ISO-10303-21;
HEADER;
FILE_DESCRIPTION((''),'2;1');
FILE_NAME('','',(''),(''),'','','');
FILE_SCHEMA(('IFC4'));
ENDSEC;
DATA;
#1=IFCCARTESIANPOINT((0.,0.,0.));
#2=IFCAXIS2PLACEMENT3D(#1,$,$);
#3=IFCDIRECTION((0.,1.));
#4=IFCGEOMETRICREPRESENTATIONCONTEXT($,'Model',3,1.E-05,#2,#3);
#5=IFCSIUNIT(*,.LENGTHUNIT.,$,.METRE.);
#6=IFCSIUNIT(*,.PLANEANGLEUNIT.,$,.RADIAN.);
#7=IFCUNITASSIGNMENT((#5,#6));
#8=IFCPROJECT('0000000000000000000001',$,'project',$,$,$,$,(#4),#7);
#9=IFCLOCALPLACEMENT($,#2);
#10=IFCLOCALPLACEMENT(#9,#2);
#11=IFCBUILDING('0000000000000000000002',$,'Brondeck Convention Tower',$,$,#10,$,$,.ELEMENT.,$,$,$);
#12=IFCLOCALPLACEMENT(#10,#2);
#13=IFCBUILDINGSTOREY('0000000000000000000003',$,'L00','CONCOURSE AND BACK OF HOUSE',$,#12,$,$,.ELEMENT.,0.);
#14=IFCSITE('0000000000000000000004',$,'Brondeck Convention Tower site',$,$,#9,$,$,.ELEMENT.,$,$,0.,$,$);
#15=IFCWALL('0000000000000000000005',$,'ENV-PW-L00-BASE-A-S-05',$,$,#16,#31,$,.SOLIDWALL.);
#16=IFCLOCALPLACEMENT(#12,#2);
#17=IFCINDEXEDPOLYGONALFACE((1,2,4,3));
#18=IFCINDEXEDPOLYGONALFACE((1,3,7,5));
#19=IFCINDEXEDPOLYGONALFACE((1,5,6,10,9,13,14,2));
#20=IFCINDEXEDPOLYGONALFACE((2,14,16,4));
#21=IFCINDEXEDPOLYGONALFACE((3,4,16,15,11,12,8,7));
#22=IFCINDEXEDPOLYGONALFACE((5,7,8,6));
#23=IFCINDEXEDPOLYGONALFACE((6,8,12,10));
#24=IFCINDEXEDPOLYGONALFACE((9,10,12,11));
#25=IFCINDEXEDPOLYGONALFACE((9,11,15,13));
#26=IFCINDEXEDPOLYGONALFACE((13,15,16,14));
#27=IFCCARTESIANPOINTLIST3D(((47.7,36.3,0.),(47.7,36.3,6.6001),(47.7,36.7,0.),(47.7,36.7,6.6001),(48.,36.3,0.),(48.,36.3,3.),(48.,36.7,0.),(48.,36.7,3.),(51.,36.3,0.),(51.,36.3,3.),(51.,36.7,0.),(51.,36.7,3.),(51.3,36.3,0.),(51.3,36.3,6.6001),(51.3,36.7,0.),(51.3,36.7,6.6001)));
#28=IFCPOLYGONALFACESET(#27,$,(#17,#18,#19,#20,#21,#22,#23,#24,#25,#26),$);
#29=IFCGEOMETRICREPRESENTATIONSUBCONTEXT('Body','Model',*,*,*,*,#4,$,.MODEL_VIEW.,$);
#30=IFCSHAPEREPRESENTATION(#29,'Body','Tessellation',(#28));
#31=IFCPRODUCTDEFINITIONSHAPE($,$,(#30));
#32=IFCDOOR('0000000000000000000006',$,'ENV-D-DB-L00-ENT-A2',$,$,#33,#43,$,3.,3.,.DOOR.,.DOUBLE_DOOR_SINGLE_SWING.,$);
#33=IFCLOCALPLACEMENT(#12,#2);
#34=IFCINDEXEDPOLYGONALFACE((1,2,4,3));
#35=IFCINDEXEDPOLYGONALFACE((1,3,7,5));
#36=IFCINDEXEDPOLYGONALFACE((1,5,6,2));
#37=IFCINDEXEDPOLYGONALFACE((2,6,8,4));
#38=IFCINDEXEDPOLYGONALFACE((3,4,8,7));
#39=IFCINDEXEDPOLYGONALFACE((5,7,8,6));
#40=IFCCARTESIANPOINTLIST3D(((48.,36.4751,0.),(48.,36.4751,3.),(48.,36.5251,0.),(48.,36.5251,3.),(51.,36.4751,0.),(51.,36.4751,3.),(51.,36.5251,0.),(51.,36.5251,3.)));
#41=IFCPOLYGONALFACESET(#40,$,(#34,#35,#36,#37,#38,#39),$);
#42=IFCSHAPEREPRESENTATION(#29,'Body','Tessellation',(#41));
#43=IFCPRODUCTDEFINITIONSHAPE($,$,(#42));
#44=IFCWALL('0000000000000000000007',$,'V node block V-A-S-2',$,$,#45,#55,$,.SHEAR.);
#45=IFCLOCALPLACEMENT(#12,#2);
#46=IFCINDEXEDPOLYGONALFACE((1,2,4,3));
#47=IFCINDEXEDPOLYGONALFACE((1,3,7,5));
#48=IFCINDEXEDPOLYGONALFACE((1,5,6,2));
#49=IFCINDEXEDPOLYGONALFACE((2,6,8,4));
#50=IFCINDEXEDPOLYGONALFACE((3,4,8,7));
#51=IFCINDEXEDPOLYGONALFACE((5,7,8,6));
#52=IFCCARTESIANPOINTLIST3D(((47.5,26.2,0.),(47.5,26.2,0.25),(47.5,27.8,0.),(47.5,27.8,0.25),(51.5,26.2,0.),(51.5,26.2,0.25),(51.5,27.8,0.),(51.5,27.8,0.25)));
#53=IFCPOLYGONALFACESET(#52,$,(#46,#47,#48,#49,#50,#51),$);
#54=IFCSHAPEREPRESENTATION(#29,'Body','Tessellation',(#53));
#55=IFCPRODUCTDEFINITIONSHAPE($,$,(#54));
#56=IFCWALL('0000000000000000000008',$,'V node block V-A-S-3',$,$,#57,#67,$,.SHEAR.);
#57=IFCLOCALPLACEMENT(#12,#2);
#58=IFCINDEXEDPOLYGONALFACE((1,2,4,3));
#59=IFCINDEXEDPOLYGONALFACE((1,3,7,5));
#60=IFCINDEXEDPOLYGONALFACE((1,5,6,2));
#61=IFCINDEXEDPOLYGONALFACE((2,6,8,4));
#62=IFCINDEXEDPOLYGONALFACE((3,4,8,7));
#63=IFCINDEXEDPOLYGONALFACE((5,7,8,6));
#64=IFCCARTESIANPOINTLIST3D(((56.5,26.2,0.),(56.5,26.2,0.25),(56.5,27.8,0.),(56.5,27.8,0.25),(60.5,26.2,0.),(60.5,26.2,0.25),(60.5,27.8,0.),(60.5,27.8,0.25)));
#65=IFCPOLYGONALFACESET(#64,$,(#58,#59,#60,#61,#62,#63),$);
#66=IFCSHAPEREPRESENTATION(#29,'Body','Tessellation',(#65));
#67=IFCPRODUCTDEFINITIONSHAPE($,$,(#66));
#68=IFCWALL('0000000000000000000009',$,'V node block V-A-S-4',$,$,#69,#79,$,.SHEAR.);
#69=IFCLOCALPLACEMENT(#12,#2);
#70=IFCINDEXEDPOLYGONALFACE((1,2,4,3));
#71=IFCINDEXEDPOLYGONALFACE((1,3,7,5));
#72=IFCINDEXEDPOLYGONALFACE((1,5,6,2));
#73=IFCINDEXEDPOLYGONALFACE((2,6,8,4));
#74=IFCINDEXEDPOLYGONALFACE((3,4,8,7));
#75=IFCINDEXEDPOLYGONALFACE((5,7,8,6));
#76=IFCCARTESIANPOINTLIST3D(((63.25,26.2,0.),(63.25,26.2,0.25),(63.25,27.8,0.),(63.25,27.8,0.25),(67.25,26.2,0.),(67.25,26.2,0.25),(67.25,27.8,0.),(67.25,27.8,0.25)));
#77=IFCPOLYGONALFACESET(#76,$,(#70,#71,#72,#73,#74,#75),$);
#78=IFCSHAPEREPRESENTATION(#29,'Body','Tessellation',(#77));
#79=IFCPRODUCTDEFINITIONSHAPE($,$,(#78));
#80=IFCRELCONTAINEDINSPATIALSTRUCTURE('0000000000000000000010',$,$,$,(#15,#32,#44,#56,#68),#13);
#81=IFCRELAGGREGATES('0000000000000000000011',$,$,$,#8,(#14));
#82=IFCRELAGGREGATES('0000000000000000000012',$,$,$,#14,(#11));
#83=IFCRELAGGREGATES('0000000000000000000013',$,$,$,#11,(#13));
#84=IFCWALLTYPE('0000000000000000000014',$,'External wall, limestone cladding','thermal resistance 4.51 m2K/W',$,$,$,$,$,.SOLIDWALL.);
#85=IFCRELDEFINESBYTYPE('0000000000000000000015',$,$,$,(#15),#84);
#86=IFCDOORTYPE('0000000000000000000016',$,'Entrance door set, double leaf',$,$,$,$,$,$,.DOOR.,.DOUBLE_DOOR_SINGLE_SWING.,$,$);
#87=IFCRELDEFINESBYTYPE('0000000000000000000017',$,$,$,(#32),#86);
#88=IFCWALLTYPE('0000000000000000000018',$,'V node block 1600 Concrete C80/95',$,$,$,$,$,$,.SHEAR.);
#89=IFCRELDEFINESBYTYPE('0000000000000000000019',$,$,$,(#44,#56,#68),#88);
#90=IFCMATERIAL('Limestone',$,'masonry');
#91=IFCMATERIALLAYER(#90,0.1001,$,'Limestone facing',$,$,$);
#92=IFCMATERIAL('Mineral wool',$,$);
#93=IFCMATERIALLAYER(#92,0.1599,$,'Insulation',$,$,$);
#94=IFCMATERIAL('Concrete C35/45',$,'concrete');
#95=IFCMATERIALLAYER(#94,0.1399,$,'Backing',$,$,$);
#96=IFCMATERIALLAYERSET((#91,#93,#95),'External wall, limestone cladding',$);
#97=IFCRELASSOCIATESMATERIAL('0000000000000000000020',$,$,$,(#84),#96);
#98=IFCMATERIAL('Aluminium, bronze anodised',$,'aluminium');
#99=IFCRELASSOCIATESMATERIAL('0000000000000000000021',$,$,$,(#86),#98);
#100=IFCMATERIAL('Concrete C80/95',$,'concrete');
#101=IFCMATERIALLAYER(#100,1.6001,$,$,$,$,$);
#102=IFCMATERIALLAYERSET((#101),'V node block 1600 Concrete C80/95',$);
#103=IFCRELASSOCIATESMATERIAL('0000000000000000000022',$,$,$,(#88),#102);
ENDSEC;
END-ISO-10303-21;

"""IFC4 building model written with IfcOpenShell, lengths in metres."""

from ifc_helpers import new_model, si_unit, direction, frame, frame_2d, origin, place, context, subcontext, project, spatial, rectangle, extrude, material, layer, layer_set, type_object, element, fill, save


model = new_model("IFC4")

# Units and contexts
model_context = context("Model", 3, precision=1e-05, world=origin(), true_north=direction((0.0, 1.0)))
body_context = subcontext(model_context, "Body", "Model", "MODEL_VIEW")
ifc_project = project(units=[si_unit("LENGTHUNIT", "METRE"), si_unit("PLANEANGLEUNIT", "RADIAN")], contexts=[model_context])

# Site, building, storey
site_placement = place(None, origin())
site = spatial("IfcSite", under=ifc_project, at=site_placement, Name="Brondeck Convention Tower site", CompositionType="ELEMENT", RefElevation=0.0)
building_placement = place(site_placement, origin())
building = spatial("IfcBuilding", under=site, at=building_placement, Name="Brondeck Convention Tower", CompositionType="ELEMENT")
storey_placement = place(building_placement, origin())
storey = spatial("IfcBuildingStorey", under=building, at=storey_placement, Name="L00", Description="CONCOURSE AND BACK OF HOUSE", CompositionType="ELEMENT", Elevation=0.0)

# Shared definitions
ifc_material_1 = material(Name="Concrete C80/95", Category="concrete")

# Shared definitions
ifc_material_2 = material(Name="Aluminium, bronze anodised", Category="aluminium")

# Wall, opening, door
ifc_material_3 = material(Name="Limestone", Category="masonry")
ifc_layer_1 = layer(ifc_material_3, 0.1001, Name="Limestone facing")
ifc_material_4 = material(Name="Mineral wool")
ifc_layer_2 = layer(ifc_material_4, 0.1599, Name="Insulation")
ifc_material_5 = material(Name="Concrete C35/45", Category="concrete")
ifc_layer_3 = layer(ifc_material_5, 0.1399, Name="Backing")
ifc_layer_set_1 = layer_set([ifc_layer_1, ifc_layer_2, ifc_layer_3], Name="External wall, limestone cladding")
wall_type_1 = type_object("IfcWallType", Name="External wall, limestone cladding", Description="thermal resistance 4.51 m2K/W", PredefinedType="SOLIDWALL", material=ifc_layer_set_1)
wall_placement = place(storey_placement, frame((51.3, 36.5, 0.0), z_axis=(0.0, 0.0, 1.0), x_axis=(-1.0, 0.0, 0.0)))
wall = element("IfcWall", 1, at=wall_placement, inside=storey, type_object=wall_type_1, Name="ENV-PW-L00-BASE-A-S-05", PredefinedType="SOLIDWALL", context=body_context, shape_type="SweptSolid", body=[
    extrude(rectangle(XDim=3.6001, YDim=0.3999, at=frame_2d((1.8, 0.0))), origin(), (0.0, 0.0, 1.0), 6.6001),
])
opening_placement = place(wall_placement, frame((0.3, 0.0, 0.0)))
opening = element("IfcOpeningElement", 2, at=opening_placement, cuts=wall, PredefinedType="OPENING", context=body_context, shape_type="SweptSolid", body=[
    extrude(rectangle(XDim=3.0, YDim=3.0, at=frame_2d((1.5, 1.5))), frame((0.0, 0.21, 0.0), z_axis=(0.0, -1.0, 0.0), x_axis=(1.0, 0.0, 0.0)), (0.0, 0.0, 1.0), 0.4199),
])
door_type = type_object("IfcDoorType", Name="Entrance door set, double leaf", OperationType="DOUBLE_DOOR_SINGLE_SWING", PredefinedType="DOOR", material=ifc_material_2)
door_placement = place(opening_placement, origin())
door = element("IfcDoor", 3, at=door_placement, inside=storey, type_object=door_type, Name="ENV-D-DB-L00-ENT-A2", OperationType="DOUBLE_DOOR_SINGLE_SWING", OverallHeight=3.0, OverallWidth=3.0, PredefinedType="DOOR", context=body_context, shape_type="SweptSolid", body=[
    extrude(rectangle(XDim=3.0, YDim=3.0, at=frame_2d((1.5, 1.5))), frame((0.0, 0.0249, 0.0), z_axis=(0.0, -1.0, 0.0), x_axis=(1.0, 0.0, 0.0)), (0.0, 0.0, 1.0), 0.05),
])
fill(opening, door)

# Walls
ifc_layer_4 = layer(ifc_material_1, 1.6001)
ifc_layer_set_2 = layer_set([ifc_layer_4], Name="V node block 1600 Concrete C80/95")
wall_type_2 = type_object("IfcWallType", Name="V node block 1600 Concrete C80/95", PredefinedType="SHEAR", material=ifc_layer_set_2)
for number, where, z_axis, x_axis, name in (
    (4, (47.5, 27.0, 0.0), (0.0, 0.0, 1.0), (1.0, 0.0, 0.0), "V node block V-A-S-2"),
    (5, (56.5, 27.0, 0.0), (0.0, 0.0, 1.0), (1.0, 0.0, 0.0), "V node block V-A-S-3"),
    (6, (63.25, 27.0, 0.0), (0.0, 0.0, 1.0), (1.0, 0.0, 0.0), "V node block V-A-S-4"),
):
    element("IfcWall", number, at=place(storey_placement, frame(where, z_axis=z_axis, x_axis=x_axis)), inside=storey, type_object=wall_type_2, Name=name, PredefinedType="SHEAR", context=body_context, shape_type="SweptSolid", body=[
        extrude(rectangle(XDim=4.0, YDim=1.6001, at=frame_2d((2.0, 0.0))), origin(), (0.0, 0.0, 1.0), 0.25),
    ])

save(model, "model.ifc")
